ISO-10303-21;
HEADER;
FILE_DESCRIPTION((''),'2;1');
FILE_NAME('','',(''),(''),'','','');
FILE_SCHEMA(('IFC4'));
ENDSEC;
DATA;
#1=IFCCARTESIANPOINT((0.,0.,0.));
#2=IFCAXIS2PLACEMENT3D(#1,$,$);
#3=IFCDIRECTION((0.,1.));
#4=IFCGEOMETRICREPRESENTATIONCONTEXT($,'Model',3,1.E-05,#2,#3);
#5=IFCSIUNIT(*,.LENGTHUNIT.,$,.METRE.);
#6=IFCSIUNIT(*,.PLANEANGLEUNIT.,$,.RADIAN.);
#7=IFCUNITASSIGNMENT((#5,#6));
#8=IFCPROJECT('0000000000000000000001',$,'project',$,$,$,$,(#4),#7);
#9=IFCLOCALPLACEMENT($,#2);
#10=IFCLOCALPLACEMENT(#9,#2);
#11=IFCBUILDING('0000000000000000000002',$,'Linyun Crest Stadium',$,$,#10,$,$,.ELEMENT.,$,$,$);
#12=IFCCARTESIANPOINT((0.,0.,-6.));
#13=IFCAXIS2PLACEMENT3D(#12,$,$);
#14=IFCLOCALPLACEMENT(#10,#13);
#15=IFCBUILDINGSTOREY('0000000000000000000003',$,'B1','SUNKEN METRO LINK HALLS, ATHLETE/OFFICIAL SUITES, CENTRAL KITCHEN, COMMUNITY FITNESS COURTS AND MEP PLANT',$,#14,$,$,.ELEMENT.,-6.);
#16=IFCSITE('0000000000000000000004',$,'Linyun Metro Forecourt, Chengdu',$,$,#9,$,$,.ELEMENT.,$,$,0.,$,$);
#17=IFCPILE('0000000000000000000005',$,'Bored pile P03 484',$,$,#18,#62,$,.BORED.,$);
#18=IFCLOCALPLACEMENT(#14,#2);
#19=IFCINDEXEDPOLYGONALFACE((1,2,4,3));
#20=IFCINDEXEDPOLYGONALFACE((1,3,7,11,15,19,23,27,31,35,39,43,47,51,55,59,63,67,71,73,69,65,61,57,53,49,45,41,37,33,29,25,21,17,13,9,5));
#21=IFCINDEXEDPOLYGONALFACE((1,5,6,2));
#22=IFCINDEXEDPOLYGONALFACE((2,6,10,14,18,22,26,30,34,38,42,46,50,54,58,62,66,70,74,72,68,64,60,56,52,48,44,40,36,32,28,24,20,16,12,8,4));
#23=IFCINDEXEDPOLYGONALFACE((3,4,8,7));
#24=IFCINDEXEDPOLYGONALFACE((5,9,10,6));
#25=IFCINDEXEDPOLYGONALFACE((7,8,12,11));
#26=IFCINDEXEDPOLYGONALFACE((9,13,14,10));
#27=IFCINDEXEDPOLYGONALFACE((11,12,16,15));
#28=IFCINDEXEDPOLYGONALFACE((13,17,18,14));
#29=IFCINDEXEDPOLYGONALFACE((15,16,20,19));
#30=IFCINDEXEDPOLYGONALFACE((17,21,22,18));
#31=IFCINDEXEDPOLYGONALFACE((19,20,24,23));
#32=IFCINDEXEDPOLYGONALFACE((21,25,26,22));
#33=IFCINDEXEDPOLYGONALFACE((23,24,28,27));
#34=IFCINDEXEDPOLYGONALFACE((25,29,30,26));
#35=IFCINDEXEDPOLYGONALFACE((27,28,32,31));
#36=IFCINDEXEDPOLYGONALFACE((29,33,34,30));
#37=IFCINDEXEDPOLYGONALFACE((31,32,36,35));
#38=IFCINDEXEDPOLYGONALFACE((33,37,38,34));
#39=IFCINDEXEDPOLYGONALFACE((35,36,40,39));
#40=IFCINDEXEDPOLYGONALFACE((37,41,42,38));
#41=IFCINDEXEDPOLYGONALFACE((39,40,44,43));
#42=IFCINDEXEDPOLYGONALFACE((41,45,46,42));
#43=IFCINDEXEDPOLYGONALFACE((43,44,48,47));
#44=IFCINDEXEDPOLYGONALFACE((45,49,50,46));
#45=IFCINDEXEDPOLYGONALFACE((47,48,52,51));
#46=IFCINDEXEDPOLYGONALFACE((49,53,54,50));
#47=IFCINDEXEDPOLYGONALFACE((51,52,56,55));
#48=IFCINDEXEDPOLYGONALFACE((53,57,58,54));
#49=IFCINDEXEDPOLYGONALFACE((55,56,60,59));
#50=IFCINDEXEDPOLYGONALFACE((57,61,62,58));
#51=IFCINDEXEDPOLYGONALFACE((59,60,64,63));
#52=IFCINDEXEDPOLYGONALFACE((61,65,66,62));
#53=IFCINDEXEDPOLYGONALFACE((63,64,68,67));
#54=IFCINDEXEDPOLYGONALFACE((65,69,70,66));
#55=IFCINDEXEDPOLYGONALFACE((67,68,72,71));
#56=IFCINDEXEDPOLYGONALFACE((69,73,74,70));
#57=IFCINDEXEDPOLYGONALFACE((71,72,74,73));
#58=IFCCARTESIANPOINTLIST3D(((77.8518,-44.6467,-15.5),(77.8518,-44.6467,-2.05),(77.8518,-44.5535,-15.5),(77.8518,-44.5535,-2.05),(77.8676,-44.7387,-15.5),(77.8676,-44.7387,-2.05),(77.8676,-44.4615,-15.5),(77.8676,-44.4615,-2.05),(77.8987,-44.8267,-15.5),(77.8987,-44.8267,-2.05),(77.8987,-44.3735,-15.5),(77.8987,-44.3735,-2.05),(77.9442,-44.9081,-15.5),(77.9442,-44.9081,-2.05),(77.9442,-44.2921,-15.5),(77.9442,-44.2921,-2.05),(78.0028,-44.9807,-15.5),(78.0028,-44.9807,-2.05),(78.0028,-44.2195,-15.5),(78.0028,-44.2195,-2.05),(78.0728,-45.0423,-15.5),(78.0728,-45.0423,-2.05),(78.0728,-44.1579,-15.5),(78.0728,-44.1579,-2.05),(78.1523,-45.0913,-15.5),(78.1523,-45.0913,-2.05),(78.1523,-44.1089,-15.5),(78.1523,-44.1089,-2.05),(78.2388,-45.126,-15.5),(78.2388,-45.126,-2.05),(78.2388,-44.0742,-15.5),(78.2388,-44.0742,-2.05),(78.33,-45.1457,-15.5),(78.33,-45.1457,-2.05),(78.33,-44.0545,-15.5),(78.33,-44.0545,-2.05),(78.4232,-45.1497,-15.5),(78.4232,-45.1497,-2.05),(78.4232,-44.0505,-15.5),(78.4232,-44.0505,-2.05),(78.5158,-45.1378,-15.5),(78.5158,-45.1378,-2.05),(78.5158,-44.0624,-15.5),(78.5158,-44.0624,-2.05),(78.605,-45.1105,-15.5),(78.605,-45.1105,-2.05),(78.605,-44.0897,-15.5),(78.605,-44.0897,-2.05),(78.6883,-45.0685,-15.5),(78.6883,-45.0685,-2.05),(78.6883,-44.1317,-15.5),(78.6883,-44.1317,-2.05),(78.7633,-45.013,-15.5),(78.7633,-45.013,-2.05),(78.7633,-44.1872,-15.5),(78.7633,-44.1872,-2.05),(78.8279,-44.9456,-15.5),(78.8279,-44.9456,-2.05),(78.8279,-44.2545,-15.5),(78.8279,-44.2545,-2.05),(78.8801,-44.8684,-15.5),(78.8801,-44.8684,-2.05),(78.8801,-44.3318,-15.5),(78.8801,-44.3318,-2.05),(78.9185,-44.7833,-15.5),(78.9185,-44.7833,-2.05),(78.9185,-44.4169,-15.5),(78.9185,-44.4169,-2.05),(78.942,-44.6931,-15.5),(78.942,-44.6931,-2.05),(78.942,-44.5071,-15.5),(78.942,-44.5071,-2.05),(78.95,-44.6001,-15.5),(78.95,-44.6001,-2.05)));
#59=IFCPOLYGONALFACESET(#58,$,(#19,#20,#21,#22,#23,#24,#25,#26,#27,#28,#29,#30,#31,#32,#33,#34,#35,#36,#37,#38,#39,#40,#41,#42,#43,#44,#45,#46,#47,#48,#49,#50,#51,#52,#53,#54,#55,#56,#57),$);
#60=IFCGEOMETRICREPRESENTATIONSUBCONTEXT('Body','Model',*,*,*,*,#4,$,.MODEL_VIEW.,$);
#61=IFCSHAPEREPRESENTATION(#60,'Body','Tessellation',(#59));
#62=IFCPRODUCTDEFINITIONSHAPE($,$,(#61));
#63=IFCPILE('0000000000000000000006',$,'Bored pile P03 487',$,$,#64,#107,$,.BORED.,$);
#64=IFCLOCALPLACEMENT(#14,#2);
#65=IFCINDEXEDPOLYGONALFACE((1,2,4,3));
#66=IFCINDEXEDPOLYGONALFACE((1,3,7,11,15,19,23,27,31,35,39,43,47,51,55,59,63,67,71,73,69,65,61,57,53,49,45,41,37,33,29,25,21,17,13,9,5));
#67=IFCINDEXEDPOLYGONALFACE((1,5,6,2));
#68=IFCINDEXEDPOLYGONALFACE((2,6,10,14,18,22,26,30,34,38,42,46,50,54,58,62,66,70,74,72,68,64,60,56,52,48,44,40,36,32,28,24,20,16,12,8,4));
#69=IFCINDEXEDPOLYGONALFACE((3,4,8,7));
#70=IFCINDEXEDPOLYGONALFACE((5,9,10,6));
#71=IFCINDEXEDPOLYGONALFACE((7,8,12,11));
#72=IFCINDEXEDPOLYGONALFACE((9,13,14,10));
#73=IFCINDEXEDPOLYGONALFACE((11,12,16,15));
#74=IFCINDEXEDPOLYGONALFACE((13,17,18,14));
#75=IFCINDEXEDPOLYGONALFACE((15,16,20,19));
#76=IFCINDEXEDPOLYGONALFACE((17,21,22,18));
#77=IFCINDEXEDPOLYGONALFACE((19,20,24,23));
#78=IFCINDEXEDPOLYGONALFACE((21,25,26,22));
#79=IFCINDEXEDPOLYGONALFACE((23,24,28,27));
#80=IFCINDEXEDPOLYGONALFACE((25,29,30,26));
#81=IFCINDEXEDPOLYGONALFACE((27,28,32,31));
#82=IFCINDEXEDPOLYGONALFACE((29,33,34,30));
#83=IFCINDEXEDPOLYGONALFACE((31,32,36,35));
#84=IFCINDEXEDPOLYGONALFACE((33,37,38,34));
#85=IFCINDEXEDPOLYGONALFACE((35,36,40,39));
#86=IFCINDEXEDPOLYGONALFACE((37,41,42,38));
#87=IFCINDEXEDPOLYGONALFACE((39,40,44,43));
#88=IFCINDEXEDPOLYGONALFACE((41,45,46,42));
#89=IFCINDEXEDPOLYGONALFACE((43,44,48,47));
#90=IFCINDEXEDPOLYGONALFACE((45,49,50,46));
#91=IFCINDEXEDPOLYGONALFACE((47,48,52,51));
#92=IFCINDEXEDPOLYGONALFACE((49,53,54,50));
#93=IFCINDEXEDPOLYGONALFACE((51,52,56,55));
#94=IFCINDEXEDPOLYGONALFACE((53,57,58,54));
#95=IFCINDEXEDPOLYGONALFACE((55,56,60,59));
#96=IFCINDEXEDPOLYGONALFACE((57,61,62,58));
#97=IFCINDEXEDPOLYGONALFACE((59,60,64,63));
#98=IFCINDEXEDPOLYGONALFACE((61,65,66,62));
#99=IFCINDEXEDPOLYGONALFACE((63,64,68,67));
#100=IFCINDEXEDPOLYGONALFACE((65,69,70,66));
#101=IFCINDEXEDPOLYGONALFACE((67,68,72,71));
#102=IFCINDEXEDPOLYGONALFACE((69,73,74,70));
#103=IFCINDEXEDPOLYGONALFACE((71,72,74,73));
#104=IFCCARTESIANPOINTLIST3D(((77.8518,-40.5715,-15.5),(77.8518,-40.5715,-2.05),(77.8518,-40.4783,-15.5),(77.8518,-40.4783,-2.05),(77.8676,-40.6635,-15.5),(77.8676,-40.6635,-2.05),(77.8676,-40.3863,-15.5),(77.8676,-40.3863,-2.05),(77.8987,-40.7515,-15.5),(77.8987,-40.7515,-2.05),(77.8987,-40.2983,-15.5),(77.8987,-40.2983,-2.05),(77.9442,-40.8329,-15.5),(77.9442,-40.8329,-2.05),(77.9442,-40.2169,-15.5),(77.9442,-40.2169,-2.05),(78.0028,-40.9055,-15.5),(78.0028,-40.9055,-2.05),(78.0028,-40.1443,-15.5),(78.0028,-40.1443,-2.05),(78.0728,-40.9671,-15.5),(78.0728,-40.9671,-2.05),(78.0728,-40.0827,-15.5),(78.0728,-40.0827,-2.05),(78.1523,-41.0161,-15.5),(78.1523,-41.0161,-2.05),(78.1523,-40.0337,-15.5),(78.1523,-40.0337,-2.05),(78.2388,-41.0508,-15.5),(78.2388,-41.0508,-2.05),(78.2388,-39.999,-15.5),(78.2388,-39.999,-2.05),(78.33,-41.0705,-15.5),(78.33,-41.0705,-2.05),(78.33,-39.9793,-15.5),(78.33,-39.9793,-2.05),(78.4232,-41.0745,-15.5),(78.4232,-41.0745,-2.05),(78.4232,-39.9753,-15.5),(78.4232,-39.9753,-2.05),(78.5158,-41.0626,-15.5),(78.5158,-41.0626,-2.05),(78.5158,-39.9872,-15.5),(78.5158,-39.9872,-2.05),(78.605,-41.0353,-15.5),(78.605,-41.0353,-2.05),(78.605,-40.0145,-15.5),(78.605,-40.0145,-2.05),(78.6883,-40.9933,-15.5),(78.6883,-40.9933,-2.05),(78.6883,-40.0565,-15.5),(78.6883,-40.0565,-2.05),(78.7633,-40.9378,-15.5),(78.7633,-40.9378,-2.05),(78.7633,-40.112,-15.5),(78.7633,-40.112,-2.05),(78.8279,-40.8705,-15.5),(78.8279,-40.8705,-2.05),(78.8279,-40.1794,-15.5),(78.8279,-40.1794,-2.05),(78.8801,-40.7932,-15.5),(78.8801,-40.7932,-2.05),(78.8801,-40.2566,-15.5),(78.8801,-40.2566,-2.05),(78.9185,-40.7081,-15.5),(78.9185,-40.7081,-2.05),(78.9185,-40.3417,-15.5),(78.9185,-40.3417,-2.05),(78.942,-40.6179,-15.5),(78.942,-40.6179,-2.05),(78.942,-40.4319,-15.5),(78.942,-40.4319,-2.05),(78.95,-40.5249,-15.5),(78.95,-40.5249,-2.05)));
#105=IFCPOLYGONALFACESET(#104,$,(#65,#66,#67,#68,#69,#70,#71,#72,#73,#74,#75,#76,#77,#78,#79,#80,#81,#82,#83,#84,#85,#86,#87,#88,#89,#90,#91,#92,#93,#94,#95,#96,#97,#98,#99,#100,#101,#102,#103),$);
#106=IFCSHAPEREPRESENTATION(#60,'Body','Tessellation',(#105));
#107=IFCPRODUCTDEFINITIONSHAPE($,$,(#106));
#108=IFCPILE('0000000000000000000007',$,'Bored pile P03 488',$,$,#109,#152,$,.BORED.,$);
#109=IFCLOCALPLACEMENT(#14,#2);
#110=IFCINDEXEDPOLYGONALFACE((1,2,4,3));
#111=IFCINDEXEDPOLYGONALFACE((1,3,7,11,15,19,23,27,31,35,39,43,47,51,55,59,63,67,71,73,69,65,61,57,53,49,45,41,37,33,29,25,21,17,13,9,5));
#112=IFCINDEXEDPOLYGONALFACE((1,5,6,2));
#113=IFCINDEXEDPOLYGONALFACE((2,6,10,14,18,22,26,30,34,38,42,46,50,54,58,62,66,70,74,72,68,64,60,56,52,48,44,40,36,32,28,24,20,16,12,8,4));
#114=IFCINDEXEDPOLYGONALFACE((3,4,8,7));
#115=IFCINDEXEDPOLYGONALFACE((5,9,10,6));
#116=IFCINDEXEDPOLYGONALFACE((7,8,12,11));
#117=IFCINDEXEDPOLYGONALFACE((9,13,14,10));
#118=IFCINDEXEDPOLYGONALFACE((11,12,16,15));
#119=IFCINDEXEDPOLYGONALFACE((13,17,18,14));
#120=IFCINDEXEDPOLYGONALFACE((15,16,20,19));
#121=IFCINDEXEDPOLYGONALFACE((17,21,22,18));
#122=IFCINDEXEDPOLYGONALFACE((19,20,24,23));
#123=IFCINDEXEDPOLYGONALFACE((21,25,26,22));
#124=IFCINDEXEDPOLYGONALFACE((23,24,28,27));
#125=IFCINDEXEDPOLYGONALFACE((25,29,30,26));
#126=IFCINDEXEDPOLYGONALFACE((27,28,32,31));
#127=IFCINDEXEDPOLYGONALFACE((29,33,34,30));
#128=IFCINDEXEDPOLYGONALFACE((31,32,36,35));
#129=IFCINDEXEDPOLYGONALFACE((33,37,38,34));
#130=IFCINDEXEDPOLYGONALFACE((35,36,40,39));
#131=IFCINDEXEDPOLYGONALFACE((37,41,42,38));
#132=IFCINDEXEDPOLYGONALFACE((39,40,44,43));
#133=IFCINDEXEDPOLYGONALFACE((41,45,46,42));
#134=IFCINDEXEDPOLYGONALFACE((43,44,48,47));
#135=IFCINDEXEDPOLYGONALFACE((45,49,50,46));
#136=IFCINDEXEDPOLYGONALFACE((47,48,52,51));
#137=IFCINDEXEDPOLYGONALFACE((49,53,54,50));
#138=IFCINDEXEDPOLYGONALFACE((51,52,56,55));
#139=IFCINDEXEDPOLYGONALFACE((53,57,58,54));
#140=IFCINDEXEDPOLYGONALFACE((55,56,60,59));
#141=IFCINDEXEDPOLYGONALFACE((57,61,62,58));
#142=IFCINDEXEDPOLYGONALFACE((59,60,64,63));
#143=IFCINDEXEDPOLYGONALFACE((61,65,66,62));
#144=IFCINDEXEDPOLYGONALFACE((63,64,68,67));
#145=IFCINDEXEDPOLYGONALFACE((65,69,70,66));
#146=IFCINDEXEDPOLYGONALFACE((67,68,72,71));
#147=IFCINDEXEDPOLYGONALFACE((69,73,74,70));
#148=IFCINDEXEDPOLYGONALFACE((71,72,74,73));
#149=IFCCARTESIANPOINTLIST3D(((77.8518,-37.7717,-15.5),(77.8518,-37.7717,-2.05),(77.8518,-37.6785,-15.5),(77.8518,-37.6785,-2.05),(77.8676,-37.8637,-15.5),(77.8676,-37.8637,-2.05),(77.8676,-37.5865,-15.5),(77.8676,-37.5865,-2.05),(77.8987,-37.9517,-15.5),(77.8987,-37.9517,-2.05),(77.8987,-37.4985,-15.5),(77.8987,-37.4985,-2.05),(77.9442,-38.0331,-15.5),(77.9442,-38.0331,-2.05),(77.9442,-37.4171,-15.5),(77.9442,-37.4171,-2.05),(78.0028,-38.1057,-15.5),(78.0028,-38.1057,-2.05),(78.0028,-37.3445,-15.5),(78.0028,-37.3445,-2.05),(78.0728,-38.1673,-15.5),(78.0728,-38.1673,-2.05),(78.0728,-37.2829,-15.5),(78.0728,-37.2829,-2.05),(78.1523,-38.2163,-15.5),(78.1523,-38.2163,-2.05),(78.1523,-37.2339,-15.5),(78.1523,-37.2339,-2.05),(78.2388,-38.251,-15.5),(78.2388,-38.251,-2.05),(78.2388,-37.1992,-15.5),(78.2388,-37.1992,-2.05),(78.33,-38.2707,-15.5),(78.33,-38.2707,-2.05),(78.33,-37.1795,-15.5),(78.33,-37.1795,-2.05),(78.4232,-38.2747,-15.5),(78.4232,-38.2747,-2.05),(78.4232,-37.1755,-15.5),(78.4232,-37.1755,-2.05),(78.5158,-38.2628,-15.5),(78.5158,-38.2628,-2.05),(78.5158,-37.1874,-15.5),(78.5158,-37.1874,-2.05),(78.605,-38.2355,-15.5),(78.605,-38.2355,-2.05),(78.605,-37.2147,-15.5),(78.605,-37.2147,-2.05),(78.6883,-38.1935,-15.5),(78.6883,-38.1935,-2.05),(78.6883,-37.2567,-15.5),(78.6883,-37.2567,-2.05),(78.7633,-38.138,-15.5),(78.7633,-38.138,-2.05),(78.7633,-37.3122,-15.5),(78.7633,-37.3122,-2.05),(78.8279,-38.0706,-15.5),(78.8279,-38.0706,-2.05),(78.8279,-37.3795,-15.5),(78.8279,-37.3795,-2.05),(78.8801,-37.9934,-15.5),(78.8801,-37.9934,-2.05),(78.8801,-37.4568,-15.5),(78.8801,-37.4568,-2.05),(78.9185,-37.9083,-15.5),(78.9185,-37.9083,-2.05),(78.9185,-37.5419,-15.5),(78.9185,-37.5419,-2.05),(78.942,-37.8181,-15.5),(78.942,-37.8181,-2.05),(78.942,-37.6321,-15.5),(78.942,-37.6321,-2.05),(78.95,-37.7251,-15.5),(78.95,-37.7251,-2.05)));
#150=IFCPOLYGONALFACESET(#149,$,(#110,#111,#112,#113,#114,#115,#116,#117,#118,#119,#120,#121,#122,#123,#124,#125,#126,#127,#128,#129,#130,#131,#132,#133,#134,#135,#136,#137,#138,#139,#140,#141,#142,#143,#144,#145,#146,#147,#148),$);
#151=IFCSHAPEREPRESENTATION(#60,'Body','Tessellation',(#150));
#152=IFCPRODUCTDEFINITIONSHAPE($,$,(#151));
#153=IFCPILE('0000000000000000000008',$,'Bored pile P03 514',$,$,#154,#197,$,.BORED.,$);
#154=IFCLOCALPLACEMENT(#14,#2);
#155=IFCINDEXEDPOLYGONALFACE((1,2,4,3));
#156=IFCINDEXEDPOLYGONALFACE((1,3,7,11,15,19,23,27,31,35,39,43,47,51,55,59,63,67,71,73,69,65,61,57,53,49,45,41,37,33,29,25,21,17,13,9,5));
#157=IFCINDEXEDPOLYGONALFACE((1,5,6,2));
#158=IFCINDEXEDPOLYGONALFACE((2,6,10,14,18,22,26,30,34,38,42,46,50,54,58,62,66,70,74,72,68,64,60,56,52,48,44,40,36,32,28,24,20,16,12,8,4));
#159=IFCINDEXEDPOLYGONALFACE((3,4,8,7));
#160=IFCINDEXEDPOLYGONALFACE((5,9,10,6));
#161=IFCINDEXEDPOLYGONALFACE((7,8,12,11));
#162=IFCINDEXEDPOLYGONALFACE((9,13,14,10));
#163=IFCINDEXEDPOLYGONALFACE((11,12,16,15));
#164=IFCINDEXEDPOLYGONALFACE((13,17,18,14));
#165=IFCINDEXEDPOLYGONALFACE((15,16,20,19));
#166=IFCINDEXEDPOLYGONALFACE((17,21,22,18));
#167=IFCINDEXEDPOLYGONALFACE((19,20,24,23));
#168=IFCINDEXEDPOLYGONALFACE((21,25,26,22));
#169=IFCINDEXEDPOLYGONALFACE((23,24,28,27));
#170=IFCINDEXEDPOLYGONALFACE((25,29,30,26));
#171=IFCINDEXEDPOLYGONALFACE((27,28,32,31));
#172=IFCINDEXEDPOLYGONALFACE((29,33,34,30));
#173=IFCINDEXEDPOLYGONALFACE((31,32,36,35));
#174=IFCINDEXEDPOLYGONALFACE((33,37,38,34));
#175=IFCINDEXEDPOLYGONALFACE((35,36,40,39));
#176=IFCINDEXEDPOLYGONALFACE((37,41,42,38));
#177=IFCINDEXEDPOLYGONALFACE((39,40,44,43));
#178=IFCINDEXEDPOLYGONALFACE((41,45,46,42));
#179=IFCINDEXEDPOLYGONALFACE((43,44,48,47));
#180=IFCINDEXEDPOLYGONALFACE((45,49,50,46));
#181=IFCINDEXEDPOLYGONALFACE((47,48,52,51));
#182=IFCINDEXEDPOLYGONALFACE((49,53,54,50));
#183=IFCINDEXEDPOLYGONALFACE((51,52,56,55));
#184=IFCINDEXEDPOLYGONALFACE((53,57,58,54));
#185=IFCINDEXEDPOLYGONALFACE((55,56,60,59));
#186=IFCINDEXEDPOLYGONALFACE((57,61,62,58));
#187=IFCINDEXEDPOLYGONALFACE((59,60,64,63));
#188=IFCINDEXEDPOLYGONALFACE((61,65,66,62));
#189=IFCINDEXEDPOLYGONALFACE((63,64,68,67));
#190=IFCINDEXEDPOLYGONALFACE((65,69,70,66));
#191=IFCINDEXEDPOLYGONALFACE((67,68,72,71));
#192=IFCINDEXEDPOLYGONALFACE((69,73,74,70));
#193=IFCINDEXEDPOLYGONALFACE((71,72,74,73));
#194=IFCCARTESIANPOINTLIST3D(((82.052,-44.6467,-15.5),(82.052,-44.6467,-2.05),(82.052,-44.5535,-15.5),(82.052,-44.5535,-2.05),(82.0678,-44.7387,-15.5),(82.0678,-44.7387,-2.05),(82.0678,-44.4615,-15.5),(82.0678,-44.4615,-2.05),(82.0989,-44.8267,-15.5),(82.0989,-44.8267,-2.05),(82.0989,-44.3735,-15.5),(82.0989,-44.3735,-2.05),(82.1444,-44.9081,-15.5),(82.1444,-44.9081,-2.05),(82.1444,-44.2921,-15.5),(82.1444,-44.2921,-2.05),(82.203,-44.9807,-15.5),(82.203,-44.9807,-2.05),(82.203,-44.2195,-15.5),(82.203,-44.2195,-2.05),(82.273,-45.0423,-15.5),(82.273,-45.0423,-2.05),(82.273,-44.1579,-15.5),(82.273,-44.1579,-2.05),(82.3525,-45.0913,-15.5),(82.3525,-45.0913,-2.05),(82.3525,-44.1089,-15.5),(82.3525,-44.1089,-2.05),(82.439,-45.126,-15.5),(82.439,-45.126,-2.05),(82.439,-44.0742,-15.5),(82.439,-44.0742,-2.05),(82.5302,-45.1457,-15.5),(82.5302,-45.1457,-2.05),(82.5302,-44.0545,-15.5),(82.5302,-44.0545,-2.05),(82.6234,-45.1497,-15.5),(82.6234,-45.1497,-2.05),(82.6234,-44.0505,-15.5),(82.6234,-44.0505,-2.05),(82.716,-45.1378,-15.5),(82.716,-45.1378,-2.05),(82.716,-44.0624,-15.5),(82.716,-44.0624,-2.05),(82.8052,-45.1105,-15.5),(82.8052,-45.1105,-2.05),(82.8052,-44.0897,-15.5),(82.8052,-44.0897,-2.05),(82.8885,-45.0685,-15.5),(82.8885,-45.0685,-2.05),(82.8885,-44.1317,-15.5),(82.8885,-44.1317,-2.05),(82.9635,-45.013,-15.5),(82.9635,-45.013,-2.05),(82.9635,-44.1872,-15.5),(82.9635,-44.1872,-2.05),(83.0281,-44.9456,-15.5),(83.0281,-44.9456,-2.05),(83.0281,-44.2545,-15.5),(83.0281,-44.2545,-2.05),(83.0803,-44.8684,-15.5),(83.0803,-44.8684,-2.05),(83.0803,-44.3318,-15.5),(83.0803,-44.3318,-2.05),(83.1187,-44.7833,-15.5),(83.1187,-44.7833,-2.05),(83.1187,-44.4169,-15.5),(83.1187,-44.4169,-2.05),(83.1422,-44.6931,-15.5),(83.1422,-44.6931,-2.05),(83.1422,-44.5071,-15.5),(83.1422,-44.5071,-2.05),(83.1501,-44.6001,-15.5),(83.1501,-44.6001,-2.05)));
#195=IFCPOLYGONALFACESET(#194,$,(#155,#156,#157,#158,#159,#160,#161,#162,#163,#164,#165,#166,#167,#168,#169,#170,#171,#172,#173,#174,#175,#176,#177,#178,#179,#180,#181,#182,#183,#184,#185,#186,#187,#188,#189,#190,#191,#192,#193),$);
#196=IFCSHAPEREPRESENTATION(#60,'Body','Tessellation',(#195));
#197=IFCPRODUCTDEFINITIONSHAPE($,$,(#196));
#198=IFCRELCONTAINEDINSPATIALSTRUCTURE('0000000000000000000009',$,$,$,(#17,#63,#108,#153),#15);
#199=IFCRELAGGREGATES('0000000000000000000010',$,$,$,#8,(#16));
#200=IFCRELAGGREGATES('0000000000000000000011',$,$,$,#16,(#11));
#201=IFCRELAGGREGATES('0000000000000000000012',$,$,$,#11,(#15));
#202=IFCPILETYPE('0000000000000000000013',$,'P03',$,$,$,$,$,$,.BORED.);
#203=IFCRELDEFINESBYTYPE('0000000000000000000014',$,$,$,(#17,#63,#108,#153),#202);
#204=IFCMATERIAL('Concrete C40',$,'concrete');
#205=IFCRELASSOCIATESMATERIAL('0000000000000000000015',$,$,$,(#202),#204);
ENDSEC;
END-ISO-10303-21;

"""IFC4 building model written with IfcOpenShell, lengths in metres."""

from ifc_helpers import new_model, si_unit, direction, frame, origin, origin_2d, place, context, subcontext, project, spatial, circle, extrude, material, material_profile, profile_set, type_object, element, save


model = new_model("IFC4")

# Units and contexts
model_context = context("Model", 3, precision=1e-05, world=origin(), true_north=direction((0.0, 1.0)))
body_context = subcontext(model_context, "Body", "Model", "MODEL_VIEW")
ifc_project = project(units=[si_unit("LENGTHUNIT", "METRE"), si_unit("PLANEANGLEUNIT", "RADIAN")], contexts=[model_context])

# Site, building, storey
site_placement = place(None, origin())
site = spatial("IfcSite", under=ifc_project, at=site_placement, Name="Linyun Metro Forecourt, Chengdu", CompositionType="ELEMENT", RefElevation=0.0)
building_placement = place(site_placement, origin())
building = spatial("IfcBuilding", under=site, at=building_placement, Name="Linyun Crest Stadium", CompositionType="ELEMENT")
storey_placement = place(building_placement, frame((0.0, 0.0, -6.0)))
storey = spatial("IfcBuildingStorey", under=building, at=storey_placement, Name="B1", Description="SUNKEN METRO LINK HALLS, ATHLETE/OFFICIAL SUITES, CENTRAL KITCHEN, COMMUNITY FITNESS COURTS AND MEP PLANT", CompositionType="ELEMENT", Elevation=-6.0)

# Piles
ifc_material_1 = material(Name="Concrete C40", Category="concrete")
ifc_material_profile_1 = material_profile(ifc_material_1, circle(Radius=0.55, at=origin_2d()), Name="BORED PILE 1100")
ifc_profile_set_1 = profile_set([ifc_material_profile_1], Name="Concrete C40")
pile_type = type_object("IfcPileType", Name="P03", PredefinedType="BORED", material=ifc_profile_set_1)
for number, where, z_axis, x_axis, name in (
    (1, (78.3999, -44.6001, -2.05), (0.0, 0.0, -1.0), (1.0, 0.0, 0.0), "Bored pile P03 484"),
    (2, (78.3999, -40.5249, -2.05), (0.0, 0.0, -1.0), (1.0, 0.0, 0.0), "Bored pile P03 487"),
    (3, (78.3999, -37.7251, -2.05), (0.0, 0.0, -1.0), (1.0, 0.0, 0.0), "Bored pile P03 488"),
    (4, (82.6001, -44.6001, -2.05), (0.0, 0.0, -1.0), (1.0, 0.0, 0.0), "Bored pile P03 514"),
):
    element("IfcPile", number, at=place(storey_placement, frame(where, z_axis=z_axis, x_axis=x_axis)), inside=storey, type_object=pile_type, Name=name, PredefinedType="BORED", context=body_context, shape_type="SweptSolid", body=[
        extrude(circle(Radius=0.55, at=origin_2d()), origin(), (0.0, 0.0, 1.0), 13.45),
    ])

save(model, "model.ifc")
